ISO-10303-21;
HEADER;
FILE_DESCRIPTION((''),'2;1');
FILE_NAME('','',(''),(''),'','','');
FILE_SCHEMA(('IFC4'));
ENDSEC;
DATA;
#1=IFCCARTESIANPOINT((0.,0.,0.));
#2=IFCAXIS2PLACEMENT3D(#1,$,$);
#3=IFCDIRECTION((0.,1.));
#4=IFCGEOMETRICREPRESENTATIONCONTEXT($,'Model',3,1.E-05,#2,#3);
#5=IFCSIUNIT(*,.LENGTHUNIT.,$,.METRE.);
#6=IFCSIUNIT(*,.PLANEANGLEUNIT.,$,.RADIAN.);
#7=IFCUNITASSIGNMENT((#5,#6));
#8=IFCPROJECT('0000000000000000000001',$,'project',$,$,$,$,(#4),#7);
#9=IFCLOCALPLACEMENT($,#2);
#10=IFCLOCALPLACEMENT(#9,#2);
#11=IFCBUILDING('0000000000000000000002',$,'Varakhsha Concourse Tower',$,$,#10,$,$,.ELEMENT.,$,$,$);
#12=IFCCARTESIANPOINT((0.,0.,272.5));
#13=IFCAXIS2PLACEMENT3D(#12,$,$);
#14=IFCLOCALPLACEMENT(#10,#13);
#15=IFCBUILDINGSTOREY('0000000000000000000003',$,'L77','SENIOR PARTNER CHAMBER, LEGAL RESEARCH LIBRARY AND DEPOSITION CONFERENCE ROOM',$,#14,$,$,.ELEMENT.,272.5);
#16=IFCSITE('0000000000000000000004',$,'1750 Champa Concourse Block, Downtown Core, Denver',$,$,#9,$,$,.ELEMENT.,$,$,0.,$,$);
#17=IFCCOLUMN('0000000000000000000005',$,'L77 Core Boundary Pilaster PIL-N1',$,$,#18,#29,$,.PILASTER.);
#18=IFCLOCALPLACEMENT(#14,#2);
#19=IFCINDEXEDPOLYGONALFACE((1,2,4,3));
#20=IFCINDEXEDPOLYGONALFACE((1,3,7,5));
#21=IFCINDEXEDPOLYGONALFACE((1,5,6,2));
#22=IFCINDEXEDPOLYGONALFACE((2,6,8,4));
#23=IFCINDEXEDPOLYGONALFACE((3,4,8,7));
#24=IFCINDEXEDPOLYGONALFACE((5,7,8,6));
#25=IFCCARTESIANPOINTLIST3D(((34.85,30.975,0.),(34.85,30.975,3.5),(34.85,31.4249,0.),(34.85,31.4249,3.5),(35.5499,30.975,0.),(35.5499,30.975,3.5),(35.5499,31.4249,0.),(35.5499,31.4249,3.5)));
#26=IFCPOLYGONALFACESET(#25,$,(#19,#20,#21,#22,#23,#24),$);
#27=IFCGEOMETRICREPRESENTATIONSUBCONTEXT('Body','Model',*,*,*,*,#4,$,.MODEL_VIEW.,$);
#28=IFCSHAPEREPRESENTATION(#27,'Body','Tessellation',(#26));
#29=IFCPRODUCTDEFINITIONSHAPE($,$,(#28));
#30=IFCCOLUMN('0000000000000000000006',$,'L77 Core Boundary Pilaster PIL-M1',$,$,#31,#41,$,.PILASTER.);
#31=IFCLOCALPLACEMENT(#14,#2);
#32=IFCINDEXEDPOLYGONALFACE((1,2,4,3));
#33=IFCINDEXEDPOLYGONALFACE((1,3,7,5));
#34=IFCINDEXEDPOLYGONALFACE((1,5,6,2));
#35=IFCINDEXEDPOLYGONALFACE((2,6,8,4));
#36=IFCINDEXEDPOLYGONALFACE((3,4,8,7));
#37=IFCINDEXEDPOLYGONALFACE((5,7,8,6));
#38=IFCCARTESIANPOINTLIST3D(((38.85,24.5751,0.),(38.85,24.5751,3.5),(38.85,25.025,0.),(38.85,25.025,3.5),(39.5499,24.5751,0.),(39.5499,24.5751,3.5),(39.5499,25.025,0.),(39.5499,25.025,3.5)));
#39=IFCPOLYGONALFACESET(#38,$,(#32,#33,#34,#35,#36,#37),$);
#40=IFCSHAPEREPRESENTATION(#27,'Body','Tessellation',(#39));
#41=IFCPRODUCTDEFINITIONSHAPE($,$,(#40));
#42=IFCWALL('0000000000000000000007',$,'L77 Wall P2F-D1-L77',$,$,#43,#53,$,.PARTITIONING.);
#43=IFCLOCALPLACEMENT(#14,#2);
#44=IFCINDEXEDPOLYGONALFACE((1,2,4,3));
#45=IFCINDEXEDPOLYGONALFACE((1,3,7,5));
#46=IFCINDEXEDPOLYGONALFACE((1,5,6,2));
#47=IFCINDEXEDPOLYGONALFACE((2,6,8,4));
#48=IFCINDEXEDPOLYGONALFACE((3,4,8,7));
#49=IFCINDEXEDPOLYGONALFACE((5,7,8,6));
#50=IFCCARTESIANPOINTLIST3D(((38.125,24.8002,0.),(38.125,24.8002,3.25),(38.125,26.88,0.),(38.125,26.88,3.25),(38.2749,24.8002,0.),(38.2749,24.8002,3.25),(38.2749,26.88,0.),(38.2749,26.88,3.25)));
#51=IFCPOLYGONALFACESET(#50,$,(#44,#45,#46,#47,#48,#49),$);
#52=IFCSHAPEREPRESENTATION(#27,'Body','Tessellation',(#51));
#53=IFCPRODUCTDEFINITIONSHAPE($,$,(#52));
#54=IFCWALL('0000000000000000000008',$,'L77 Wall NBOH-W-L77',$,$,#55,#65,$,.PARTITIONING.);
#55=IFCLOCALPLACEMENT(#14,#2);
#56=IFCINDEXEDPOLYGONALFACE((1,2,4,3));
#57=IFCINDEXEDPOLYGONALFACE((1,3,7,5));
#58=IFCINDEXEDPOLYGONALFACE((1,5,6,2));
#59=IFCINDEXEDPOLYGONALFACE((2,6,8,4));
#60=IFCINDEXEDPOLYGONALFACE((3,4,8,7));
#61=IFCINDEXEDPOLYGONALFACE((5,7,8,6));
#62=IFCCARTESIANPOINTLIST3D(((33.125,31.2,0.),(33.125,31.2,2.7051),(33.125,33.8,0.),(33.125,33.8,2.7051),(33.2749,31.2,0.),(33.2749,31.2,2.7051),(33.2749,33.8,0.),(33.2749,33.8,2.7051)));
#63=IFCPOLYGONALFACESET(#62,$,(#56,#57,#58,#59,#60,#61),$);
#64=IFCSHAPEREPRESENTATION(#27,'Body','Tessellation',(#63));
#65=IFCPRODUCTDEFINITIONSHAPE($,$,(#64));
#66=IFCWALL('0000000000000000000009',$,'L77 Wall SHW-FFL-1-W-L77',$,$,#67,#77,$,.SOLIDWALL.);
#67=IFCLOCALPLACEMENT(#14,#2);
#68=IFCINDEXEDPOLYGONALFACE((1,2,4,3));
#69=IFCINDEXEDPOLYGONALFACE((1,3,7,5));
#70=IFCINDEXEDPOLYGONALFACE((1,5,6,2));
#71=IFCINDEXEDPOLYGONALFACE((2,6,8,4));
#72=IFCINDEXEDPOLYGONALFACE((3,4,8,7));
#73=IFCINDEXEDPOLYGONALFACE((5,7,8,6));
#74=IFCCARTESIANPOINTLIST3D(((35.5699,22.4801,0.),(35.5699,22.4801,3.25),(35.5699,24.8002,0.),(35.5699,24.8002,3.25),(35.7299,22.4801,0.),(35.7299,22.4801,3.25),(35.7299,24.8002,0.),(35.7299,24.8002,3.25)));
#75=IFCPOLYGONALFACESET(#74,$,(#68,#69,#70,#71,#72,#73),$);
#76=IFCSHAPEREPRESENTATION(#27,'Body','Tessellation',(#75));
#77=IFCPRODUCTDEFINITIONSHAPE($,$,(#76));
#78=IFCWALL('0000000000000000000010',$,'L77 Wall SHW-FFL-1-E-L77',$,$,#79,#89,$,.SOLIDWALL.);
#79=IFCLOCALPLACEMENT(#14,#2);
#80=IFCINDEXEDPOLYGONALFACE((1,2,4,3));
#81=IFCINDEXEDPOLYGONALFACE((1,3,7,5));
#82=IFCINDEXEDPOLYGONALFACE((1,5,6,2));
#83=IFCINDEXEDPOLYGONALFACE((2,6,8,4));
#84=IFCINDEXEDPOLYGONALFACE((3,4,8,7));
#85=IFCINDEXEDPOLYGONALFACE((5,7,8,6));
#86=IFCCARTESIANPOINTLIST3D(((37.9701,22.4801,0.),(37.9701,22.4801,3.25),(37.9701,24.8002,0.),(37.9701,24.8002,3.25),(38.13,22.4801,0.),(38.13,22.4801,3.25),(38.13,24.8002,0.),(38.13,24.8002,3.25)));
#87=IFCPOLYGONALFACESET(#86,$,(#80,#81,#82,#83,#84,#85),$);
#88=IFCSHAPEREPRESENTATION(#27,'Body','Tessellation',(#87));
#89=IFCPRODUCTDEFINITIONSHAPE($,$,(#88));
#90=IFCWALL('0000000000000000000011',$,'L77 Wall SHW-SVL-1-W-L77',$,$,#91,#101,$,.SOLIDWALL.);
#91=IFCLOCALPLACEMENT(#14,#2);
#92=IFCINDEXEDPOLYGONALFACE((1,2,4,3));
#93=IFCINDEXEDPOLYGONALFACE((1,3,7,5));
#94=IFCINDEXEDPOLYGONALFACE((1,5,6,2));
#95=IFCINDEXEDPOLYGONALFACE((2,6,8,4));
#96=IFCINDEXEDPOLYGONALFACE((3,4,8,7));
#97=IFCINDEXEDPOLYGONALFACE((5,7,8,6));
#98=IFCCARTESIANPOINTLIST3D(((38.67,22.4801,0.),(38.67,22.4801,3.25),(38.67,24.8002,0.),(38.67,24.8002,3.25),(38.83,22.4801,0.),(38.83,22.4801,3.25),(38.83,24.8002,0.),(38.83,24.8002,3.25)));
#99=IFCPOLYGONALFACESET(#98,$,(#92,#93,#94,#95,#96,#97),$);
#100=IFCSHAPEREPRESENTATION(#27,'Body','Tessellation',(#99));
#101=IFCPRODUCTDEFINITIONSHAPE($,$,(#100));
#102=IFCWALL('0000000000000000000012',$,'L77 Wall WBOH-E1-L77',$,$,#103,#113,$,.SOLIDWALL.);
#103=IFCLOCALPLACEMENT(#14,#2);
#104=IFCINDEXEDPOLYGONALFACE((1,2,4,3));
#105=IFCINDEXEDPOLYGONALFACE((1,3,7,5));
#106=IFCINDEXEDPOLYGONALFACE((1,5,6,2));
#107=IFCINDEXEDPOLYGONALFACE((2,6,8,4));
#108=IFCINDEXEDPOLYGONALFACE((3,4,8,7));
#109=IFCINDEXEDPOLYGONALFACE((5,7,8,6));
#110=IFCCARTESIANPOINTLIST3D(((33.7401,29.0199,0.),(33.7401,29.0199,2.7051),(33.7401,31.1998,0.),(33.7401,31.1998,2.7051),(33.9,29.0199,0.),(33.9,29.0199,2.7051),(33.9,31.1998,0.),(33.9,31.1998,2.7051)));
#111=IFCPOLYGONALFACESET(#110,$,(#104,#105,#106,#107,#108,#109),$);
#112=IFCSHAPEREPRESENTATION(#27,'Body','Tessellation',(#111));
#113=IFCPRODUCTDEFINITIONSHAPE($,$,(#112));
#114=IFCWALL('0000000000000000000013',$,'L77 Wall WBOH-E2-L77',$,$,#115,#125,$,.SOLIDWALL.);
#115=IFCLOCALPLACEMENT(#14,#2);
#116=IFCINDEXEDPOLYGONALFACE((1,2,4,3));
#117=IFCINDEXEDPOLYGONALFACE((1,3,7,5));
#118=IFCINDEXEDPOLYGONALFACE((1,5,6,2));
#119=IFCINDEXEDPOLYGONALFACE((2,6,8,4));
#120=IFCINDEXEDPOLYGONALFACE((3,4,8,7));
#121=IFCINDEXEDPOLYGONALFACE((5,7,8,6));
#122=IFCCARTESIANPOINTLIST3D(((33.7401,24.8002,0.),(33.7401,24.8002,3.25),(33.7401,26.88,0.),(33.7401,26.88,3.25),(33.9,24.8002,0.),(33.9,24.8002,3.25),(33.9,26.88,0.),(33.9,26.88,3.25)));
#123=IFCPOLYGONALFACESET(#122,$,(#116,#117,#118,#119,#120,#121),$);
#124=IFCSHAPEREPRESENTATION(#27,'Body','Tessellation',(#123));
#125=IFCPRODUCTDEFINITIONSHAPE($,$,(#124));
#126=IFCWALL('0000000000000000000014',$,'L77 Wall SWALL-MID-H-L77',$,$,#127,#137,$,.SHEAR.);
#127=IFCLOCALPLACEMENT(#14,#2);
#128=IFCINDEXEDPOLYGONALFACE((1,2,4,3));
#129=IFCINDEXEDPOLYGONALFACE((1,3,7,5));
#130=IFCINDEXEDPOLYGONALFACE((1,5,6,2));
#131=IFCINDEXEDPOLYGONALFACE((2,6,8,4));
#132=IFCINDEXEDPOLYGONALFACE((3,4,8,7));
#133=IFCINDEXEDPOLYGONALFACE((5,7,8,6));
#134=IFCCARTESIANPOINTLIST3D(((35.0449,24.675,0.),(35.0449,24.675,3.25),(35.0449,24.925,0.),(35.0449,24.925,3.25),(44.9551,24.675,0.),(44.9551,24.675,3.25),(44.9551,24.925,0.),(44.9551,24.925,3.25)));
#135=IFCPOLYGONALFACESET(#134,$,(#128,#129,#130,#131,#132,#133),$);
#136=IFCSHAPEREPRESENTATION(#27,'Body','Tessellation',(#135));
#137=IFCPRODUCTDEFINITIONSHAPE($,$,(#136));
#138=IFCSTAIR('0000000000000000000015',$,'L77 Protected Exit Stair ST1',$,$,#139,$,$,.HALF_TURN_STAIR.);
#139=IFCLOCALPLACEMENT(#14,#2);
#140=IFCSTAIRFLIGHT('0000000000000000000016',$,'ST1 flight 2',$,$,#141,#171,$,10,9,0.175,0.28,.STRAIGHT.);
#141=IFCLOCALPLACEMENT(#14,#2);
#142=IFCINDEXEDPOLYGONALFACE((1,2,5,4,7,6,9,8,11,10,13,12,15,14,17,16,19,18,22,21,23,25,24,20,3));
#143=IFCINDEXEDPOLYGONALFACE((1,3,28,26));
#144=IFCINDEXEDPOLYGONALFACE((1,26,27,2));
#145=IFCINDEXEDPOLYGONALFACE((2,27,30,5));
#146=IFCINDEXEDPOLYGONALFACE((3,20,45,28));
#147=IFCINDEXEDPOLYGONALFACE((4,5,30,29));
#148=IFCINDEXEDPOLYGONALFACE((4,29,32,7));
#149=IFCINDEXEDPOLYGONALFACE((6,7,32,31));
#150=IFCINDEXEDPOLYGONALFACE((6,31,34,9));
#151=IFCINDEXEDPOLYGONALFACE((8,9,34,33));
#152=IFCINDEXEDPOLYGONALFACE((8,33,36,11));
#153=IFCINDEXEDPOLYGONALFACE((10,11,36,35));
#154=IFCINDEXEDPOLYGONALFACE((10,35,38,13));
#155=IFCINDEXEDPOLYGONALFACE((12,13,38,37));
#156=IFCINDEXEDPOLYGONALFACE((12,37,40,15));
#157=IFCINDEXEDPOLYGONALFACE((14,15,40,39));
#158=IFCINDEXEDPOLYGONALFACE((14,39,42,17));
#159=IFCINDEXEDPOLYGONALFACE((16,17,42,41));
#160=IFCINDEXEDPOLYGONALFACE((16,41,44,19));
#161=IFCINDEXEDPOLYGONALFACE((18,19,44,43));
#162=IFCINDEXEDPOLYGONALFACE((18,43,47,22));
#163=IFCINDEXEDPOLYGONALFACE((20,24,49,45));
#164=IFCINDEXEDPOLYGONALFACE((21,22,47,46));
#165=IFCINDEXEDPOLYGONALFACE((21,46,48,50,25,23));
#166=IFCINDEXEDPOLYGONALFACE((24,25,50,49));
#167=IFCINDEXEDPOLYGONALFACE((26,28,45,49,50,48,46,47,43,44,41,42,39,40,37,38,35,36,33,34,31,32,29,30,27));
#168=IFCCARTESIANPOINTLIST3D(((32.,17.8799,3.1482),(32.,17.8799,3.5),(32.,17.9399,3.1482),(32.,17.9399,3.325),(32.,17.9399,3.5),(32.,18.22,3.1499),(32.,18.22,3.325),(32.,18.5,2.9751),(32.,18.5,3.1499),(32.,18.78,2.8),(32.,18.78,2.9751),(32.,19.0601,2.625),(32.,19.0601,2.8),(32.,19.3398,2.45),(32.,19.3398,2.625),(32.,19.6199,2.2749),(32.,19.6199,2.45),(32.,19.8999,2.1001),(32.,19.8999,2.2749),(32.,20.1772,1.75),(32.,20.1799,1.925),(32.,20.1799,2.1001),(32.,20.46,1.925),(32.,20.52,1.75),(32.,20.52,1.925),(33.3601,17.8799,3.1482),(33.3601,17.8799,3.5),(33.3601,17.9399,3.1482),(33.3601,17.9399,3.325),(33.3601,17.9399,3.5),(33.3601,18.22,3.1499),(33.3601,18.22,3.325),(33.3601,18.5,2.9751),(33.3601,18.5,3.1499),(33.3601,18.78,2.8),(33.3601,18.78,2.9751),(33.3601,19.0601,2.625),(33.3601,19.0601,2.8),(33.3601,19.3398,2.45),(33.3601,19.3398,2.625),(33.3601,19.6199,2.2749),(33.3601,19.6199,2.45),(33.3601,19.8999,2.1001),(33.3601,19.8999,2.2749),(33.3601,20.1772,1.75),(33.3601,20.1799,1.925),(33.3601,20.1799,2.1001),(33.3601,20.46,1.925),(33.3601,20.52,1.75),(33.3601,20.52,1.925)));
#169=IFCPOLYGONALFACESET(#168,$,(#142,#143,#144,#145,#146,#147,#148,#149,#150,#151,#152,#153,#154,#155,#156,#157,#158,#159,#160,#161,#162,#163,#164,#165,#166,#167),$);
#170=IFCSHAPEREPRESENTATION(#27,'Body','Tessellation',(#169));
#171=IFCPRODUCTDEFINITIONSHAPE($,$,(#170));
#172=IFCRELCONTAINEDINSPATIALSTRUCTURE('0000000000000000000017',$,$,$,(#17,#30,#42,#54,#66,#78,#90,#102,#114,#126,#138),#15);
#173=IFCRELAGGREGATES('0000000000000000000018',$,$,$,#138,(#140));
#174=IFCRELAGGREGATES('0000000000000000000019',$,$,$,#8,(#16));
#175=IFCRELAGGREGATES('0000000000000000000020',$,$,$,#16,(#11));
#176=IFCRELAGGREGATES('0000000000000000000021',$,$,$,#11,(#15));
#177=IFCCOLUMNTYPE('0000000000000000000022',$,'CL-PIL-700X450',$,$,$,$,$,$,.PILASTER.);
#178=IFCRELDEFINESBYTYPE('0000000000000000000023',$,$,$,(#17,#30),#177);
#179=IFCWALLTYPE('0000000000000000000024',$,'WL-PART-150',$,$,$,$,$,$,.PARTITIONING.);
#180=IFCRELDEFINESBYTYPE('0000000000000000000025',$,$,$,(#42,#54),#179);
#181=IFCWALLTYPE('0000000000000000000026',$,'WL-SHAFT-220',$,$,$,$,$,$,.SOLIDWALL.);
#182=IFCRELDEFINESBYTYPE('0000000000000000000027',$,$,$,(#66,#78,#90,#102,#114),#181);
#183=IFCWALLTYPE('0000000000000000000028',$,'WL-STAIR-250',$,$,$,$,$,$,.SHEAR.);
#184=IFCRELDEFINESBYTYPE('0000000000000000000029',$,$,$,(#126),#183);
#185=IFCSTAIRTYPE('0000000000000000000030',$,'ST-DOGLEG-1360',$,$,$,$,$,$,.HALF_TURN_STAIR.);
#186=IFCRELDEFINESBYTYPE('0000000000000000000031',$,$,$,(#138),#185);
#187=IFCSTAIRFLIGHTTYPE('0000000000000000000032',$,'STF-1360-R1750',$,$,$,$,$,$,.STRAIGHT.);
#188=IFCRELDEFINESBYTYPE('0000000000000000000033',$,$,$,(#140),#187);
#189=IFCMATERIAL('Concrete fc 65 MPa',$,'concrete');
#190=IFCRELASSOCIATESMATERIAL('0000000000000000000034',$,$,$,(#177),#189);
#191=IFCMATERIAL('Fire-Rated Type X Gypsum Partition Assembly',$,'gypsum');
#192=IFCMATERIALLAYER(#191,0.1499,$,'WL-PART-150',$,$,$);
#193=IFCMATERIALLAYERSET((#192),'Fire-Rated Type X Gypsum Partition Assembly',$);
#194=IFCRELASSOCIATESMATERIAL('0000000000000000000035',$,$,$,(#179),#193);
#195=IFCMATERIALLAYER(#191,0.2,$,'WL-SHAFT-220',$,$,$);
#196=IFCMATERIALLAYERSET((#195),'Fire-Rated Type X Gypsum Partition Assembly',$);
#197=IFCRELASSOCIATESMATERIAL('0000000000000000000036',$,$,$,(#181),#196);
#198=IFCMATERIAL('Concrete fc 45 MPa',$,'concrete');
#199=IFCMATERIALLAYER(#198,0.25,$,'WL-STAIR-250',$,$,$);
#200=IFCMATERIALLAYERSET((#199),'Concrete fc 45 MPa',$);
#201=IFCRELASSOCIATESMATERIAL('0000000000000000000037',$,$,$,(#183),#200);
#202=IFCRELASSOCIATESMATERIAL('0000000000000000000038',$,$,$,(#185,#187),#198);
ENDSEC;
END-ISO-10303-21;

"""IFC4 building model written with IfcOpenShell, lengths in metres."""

from ifc_helpers import new_model, si_unit, direction, frame, frame_2d, origin, origin_2d, place, context, subcontext, project, spatial, polyline, rectangle, outline, extrude, material, layer, layer_set, material_profile, profile_set, type_object, element, aggregate, save


model = new_model("IFC4")

# Units and contexts
model_context = context("Model", 3, precision=1e-05, world=origin(), true_north=direction((0.0, 1.0)))
body_context = subcontext(model_context, "Body", "Model", "MODEL_VIEW")
ifc_project = project(units=[si_unit("LENGTHUNIT", "METRE"), si_unit("PLANEANGLEUNIT", "RADIAN")], contexts=[model_context])

# Site, building, storey
site_placement = place(None, origin())
site = spatial("IfcSite", under=ifc_project, at=site_placement, Name="1750 Champa Concourse Block, Downtown Core, Denver", CompositionType="ELEMENT", RefElevation=0.0)
building_placement = place(site_placement, origin())
building = spatial("IfcBuilding", under=site, at=building_placement, Name="Varakhsha Concourse Tower", CompositionType="ELEMENT")
storey_placement = place(building_placement, frame((0.0, 0.0, 272.5)))
storey = spatial("IfcBuildingStorey", under=building, at=storey_placement, Name="L77", Description="SENIOR PARTNER CHAMBER, LEGAL RESEARCH LIBRARY AND DEPOSITION CONFERENCE ROOM", CompositionType="ELEMENT", Elevation=272.5)

# Columns
ifc_material_1 = material(Name="Concrete fc 65 MPa", Category="concrete")
ifc_material_profile = material_profile(ifc_material_1, rectangle(XDim=0.7, YDim=0.45, at=origin_2d()), Name="RC 700x450")
ifc_profile_set = profile_set([ifc_material_profile], Name="Concrete fc 65 MPa")
column_type = type_object("IfcColumnType", Name="CL-PIL-700X450", PredefinedType="PILASTER", material=ifc_profile_set)
for number, where, z_axis, x_axis, name in (
    (1, (35.2, 31.2, 0.0), (0.0, 0.0, 1.0), (1.0, 0.0, 0.0), "L77 Core Boundary Pilaster PIL-N1"),
    (2, (39.2, 24.8, 0.0), (0.0, 0.0, 1.0), (1.0, 0.0, 0.0), "L77 Core Boundary Pilaster PIL-M1"),
):
    element("IfcColumn", number, at=place(storey_placement, frame(where, z_axis=z_axis, x_axis=x_axis)), inside=storey, type_object=column_type, Name=name, PredefinedType="PILASTER", context=body_context, shape_type="SweptSolid", body=[
        extrude(rectangle(XDim=0.7, YDim=0.45, at=origin_2d()), origin(), (0.0, 0.0, 1.0), 3.5),
    ])

# Walls
ifc_material_2 = material(Name="Fire-Rated Type X Gypsum Partition Assembly", Category="gypsum")
ifc_layer_1 = layer(ifc_material_2, 0.1499, Name="WL-PART-150")
ifc_layer_set_1 = layer_set([ifc_layer_1], Name="Fire-Rated Type X Gypsum Partition Assembly")
wall_type_1 = type_object("IfcWallType", Name="WL-PART-150", PredefinedType="PARTITIONING", material=ifc_layer_set_1)
wall_1_placement = place(storey_placement, frame((38.2, 24.8, 0.0), z_axis=(0.0, 0.0, 1.0), x_axis=(0.0, 1.0, 0.0)))
element("IfcWall", 3, at=wall_1_placement, inside=storey, type_object=wall_type_1, Name="L77 Wall P2F-D1-L77", PredefinedType="PARTITIONING", context=body_context, shape_type="SweptSolid", body=[
    extrude(rectangle(XDim=2.0798, YDim=0.1499, at=frame_2d((1.04, 0.0))), origin(), (0.0, 0.0, 1.0), 3.25),
])
wall_2_placement = place(storey_placement, frame((33.2, 31.2, 0.0), z_axis=(0.0, 0.0, 1.0), x_axis=(0.0, 1.0, 0.0)))
element("IfcWall", 4, at=wall_2_placement, inside=storey, type_object=wall_type_1, Name="L77 Wall NBOH-W-L77", PredefinedType="PARTITIONING", context=body_context, shape_type="SweptSolid", body=[
    extrude(rectangle(XDim=2.6001, YDim=0.1499, at=frame_2d((1.3, 0.0))), origin(), (0.0, 0.0, 1.0), 2.7051),
])

# Shared definitions
ifc_layer_2 = layer(ifc_material_2, 0.2, Name="WL-SHAFT-220")
ifc_layer_set_2 = layer_set([ifc_layer_2], Name="Fire-Rated Type X Gypsum Partition Assembly")
wall_type_2 = type_object("IfcWallType", Name="WL-SHAFT-220", PredefinedType="SOLIDWALL", material=ifc_layer_set_2)

# Walls
for number, where, z_axis, x_axis, name in (
    (5, (35.6499, 22.48, 0.0), (0.0, 0.0, 1.0), (0.0, 1.0, 0.0), "L77 Wall SHW-FFL-1-W-L77"),
    (6, (38.05, 22.48, 0.0), (0.0, 0.0, 1.0), (0.0, 1.0, 0.0), "L77 Wall SHW-FFL-1-E-L77"),
    (7, (38.75, 22.48, 0.0), (0.0, 0.0, 1.0), (0.0, 1.0, 0.0), "L77 Wall SHW-SVL-1-W-L77"),
):
    element("IfcWall", number, at=place(storey_placement, frame(where, z_axis=z_axis, x_axis=x_axis)), inside=storey, type_object=wall_type_2, Name=name, PredefinedType="SOLIDWALL", context=body_context, shape_type="SweptSolid", body=[
        extrude(rectangle(XDim=2.3201, YDim=0.1599, at=frame_2d((1.1602, 0.0))), origin(), (0.0, 0.0, 1.0), 3.25),
    ])

# Walls
wall_3_placement = place(storey_placement, frame((33.8201, 29.02, 0.0), z_axis=(0.0, 0.0, 1.0), x_axis=(0.0, 1.0, 0.0)))
element("IfcWall", 8, at=wall_3_placement, inside=storey, type_object=wall_type_2, Name="L77 Wall WBOH-E1-L77", PredefinedType="SOLIDWALL", context=body_context, shape_type="SweptSolid", body=[
    extrude(rectangle(XDim=2.1799, YDim=0.1599, at=frame_2d((1.0898, 0.0))), origin(), (0.0, 0.0, 1.0), 2.7051),
])
wall_4_placement = place(storey_placement, frame((33.8201, 24.8, 0.0), z_axis=(0.0, 0.0, 1.0), x_axis=(0.0, 1.0, 0.0)))
element("IfcWall", 9, at=wall_4_placement, inside=storey, type_object=wall_type_2, Name="L77 Wall WBOH-E2-L77", PredefinedType="SOLIDWALL", context=body_context, shape_type="SweptSolid", body=[
    extrude(rectangle(XDim=2.0798, YDim=0.1599, at=frame_2d((1.04, 0.0))), origin(), (0.0, 0.0, 1.0), 3.25),
])
ifc_material_3 = material(Name="Concrete fc 45 MPa", Category="concrete")
ifc_layer_3 = layer(ifc_material_3, 0.25, Name="WL-STAIR-250")
ifc_layer_set_3 = layer_set([ifc_layer_3], Name="Concrete fc 45 MPa")
wall_type_3 = type_object("IfcWallType", Name="WL-STAIR-250", PredefinedType="SHEAR", material=ifc_layer_set_3)
wall_5_placement = place(storey_placement, frame((35.0449, 24.8, 0.0), z_axis=(0.0, 0.0, 1.0), x_axis=(1.0, 0.0, 0.0)))
element("IfcWall", 10, at=wall_5_placement, inside=storey, type_object=wall_type_3, Name="L77 Wall SWALL-MID-H-L77", PredefinedType="SHEAR", context=body_context, shape_type="SweptSolid", body=[
    extrude(rectangle(XDim=9.9102, YDim=0.25, at=frame_2d((4.9551, 0.0))), origin(), (0.0, 0.0, 1.0), 3.25),
])

# Stair, stair flight
stair_type = type_object("IfcStairType", Name="ST-DOGLEG-1360", PredefinedType="HALF_TURN_STAIR", material=ifc_material_3)
stair_placement = place(storey_placement, origin())
stair = element("IfcStair", 11, at=stair_placement, inside=storey, type_object=stair_type, Name="L77 Protected Exit Stair ST1", PredefinedType="HALF_TURN_STAIR")
stair_flight_type = type_object("IfcStairFlightType", Name="STF-1360-R1750", PredefinedType="STRAIGHT", material=ifc_material_3)
stair_flight_placement = place(storey_placement, frame((32.6799, 20.46, 1.75), z_axis=(0.0, 0.0, 1.0), x_axis=(0.0, -1.0, 0.0)))
stair_flight = element("IfcStairFlight", 12, at=stair_flight_placement, type_object=stair_flight_type, Name="ST1 flight 2", NumberOfRisers=10, NumberOfTreads=9, PredefinedType="STRAIGHT", RiserHeight=0.175, TreadLength=0.28, context=body_context, shape_type="SweptSolid", body=[
    extrude(outline(polyline([(-0.0601, 0.0), (-0.0601, 0.175), (0.0, 0.175), (0.28, 0.175), (0.28, 0.3501), (0.5601, 0.3501), (0.5601, 0.5249), (0.8401, 0.5249), (0.8401, 0.7), (1.1201, 0.7), (1.1201, 0.875), (1.3999, 0.875), (1.3999, 1.05), (1.6799, 1.05), (1.6799, 1.2251), (1.96, 1.2251), (1.96, 1.3999), (2.24, 1.3999), (2.24, 1.575), (2.52, 1.575), (2.52, 1.75), (2.5801, 1.75), (2.5801, 1.3982), (2.52, 1.3982), (0.2827, 0.0), (-0.0601, 0.0)])), frame((0.0, 0.6802, 0.0), z_axis=(0.0, -1.0, 0.0), x_axis=(1.0, 0.0, 0.0)), (0.0, 0.0, 1.0), 1.3601),
])
aggregate(stair, [stair_flight])

save(model, "model.ifc")
